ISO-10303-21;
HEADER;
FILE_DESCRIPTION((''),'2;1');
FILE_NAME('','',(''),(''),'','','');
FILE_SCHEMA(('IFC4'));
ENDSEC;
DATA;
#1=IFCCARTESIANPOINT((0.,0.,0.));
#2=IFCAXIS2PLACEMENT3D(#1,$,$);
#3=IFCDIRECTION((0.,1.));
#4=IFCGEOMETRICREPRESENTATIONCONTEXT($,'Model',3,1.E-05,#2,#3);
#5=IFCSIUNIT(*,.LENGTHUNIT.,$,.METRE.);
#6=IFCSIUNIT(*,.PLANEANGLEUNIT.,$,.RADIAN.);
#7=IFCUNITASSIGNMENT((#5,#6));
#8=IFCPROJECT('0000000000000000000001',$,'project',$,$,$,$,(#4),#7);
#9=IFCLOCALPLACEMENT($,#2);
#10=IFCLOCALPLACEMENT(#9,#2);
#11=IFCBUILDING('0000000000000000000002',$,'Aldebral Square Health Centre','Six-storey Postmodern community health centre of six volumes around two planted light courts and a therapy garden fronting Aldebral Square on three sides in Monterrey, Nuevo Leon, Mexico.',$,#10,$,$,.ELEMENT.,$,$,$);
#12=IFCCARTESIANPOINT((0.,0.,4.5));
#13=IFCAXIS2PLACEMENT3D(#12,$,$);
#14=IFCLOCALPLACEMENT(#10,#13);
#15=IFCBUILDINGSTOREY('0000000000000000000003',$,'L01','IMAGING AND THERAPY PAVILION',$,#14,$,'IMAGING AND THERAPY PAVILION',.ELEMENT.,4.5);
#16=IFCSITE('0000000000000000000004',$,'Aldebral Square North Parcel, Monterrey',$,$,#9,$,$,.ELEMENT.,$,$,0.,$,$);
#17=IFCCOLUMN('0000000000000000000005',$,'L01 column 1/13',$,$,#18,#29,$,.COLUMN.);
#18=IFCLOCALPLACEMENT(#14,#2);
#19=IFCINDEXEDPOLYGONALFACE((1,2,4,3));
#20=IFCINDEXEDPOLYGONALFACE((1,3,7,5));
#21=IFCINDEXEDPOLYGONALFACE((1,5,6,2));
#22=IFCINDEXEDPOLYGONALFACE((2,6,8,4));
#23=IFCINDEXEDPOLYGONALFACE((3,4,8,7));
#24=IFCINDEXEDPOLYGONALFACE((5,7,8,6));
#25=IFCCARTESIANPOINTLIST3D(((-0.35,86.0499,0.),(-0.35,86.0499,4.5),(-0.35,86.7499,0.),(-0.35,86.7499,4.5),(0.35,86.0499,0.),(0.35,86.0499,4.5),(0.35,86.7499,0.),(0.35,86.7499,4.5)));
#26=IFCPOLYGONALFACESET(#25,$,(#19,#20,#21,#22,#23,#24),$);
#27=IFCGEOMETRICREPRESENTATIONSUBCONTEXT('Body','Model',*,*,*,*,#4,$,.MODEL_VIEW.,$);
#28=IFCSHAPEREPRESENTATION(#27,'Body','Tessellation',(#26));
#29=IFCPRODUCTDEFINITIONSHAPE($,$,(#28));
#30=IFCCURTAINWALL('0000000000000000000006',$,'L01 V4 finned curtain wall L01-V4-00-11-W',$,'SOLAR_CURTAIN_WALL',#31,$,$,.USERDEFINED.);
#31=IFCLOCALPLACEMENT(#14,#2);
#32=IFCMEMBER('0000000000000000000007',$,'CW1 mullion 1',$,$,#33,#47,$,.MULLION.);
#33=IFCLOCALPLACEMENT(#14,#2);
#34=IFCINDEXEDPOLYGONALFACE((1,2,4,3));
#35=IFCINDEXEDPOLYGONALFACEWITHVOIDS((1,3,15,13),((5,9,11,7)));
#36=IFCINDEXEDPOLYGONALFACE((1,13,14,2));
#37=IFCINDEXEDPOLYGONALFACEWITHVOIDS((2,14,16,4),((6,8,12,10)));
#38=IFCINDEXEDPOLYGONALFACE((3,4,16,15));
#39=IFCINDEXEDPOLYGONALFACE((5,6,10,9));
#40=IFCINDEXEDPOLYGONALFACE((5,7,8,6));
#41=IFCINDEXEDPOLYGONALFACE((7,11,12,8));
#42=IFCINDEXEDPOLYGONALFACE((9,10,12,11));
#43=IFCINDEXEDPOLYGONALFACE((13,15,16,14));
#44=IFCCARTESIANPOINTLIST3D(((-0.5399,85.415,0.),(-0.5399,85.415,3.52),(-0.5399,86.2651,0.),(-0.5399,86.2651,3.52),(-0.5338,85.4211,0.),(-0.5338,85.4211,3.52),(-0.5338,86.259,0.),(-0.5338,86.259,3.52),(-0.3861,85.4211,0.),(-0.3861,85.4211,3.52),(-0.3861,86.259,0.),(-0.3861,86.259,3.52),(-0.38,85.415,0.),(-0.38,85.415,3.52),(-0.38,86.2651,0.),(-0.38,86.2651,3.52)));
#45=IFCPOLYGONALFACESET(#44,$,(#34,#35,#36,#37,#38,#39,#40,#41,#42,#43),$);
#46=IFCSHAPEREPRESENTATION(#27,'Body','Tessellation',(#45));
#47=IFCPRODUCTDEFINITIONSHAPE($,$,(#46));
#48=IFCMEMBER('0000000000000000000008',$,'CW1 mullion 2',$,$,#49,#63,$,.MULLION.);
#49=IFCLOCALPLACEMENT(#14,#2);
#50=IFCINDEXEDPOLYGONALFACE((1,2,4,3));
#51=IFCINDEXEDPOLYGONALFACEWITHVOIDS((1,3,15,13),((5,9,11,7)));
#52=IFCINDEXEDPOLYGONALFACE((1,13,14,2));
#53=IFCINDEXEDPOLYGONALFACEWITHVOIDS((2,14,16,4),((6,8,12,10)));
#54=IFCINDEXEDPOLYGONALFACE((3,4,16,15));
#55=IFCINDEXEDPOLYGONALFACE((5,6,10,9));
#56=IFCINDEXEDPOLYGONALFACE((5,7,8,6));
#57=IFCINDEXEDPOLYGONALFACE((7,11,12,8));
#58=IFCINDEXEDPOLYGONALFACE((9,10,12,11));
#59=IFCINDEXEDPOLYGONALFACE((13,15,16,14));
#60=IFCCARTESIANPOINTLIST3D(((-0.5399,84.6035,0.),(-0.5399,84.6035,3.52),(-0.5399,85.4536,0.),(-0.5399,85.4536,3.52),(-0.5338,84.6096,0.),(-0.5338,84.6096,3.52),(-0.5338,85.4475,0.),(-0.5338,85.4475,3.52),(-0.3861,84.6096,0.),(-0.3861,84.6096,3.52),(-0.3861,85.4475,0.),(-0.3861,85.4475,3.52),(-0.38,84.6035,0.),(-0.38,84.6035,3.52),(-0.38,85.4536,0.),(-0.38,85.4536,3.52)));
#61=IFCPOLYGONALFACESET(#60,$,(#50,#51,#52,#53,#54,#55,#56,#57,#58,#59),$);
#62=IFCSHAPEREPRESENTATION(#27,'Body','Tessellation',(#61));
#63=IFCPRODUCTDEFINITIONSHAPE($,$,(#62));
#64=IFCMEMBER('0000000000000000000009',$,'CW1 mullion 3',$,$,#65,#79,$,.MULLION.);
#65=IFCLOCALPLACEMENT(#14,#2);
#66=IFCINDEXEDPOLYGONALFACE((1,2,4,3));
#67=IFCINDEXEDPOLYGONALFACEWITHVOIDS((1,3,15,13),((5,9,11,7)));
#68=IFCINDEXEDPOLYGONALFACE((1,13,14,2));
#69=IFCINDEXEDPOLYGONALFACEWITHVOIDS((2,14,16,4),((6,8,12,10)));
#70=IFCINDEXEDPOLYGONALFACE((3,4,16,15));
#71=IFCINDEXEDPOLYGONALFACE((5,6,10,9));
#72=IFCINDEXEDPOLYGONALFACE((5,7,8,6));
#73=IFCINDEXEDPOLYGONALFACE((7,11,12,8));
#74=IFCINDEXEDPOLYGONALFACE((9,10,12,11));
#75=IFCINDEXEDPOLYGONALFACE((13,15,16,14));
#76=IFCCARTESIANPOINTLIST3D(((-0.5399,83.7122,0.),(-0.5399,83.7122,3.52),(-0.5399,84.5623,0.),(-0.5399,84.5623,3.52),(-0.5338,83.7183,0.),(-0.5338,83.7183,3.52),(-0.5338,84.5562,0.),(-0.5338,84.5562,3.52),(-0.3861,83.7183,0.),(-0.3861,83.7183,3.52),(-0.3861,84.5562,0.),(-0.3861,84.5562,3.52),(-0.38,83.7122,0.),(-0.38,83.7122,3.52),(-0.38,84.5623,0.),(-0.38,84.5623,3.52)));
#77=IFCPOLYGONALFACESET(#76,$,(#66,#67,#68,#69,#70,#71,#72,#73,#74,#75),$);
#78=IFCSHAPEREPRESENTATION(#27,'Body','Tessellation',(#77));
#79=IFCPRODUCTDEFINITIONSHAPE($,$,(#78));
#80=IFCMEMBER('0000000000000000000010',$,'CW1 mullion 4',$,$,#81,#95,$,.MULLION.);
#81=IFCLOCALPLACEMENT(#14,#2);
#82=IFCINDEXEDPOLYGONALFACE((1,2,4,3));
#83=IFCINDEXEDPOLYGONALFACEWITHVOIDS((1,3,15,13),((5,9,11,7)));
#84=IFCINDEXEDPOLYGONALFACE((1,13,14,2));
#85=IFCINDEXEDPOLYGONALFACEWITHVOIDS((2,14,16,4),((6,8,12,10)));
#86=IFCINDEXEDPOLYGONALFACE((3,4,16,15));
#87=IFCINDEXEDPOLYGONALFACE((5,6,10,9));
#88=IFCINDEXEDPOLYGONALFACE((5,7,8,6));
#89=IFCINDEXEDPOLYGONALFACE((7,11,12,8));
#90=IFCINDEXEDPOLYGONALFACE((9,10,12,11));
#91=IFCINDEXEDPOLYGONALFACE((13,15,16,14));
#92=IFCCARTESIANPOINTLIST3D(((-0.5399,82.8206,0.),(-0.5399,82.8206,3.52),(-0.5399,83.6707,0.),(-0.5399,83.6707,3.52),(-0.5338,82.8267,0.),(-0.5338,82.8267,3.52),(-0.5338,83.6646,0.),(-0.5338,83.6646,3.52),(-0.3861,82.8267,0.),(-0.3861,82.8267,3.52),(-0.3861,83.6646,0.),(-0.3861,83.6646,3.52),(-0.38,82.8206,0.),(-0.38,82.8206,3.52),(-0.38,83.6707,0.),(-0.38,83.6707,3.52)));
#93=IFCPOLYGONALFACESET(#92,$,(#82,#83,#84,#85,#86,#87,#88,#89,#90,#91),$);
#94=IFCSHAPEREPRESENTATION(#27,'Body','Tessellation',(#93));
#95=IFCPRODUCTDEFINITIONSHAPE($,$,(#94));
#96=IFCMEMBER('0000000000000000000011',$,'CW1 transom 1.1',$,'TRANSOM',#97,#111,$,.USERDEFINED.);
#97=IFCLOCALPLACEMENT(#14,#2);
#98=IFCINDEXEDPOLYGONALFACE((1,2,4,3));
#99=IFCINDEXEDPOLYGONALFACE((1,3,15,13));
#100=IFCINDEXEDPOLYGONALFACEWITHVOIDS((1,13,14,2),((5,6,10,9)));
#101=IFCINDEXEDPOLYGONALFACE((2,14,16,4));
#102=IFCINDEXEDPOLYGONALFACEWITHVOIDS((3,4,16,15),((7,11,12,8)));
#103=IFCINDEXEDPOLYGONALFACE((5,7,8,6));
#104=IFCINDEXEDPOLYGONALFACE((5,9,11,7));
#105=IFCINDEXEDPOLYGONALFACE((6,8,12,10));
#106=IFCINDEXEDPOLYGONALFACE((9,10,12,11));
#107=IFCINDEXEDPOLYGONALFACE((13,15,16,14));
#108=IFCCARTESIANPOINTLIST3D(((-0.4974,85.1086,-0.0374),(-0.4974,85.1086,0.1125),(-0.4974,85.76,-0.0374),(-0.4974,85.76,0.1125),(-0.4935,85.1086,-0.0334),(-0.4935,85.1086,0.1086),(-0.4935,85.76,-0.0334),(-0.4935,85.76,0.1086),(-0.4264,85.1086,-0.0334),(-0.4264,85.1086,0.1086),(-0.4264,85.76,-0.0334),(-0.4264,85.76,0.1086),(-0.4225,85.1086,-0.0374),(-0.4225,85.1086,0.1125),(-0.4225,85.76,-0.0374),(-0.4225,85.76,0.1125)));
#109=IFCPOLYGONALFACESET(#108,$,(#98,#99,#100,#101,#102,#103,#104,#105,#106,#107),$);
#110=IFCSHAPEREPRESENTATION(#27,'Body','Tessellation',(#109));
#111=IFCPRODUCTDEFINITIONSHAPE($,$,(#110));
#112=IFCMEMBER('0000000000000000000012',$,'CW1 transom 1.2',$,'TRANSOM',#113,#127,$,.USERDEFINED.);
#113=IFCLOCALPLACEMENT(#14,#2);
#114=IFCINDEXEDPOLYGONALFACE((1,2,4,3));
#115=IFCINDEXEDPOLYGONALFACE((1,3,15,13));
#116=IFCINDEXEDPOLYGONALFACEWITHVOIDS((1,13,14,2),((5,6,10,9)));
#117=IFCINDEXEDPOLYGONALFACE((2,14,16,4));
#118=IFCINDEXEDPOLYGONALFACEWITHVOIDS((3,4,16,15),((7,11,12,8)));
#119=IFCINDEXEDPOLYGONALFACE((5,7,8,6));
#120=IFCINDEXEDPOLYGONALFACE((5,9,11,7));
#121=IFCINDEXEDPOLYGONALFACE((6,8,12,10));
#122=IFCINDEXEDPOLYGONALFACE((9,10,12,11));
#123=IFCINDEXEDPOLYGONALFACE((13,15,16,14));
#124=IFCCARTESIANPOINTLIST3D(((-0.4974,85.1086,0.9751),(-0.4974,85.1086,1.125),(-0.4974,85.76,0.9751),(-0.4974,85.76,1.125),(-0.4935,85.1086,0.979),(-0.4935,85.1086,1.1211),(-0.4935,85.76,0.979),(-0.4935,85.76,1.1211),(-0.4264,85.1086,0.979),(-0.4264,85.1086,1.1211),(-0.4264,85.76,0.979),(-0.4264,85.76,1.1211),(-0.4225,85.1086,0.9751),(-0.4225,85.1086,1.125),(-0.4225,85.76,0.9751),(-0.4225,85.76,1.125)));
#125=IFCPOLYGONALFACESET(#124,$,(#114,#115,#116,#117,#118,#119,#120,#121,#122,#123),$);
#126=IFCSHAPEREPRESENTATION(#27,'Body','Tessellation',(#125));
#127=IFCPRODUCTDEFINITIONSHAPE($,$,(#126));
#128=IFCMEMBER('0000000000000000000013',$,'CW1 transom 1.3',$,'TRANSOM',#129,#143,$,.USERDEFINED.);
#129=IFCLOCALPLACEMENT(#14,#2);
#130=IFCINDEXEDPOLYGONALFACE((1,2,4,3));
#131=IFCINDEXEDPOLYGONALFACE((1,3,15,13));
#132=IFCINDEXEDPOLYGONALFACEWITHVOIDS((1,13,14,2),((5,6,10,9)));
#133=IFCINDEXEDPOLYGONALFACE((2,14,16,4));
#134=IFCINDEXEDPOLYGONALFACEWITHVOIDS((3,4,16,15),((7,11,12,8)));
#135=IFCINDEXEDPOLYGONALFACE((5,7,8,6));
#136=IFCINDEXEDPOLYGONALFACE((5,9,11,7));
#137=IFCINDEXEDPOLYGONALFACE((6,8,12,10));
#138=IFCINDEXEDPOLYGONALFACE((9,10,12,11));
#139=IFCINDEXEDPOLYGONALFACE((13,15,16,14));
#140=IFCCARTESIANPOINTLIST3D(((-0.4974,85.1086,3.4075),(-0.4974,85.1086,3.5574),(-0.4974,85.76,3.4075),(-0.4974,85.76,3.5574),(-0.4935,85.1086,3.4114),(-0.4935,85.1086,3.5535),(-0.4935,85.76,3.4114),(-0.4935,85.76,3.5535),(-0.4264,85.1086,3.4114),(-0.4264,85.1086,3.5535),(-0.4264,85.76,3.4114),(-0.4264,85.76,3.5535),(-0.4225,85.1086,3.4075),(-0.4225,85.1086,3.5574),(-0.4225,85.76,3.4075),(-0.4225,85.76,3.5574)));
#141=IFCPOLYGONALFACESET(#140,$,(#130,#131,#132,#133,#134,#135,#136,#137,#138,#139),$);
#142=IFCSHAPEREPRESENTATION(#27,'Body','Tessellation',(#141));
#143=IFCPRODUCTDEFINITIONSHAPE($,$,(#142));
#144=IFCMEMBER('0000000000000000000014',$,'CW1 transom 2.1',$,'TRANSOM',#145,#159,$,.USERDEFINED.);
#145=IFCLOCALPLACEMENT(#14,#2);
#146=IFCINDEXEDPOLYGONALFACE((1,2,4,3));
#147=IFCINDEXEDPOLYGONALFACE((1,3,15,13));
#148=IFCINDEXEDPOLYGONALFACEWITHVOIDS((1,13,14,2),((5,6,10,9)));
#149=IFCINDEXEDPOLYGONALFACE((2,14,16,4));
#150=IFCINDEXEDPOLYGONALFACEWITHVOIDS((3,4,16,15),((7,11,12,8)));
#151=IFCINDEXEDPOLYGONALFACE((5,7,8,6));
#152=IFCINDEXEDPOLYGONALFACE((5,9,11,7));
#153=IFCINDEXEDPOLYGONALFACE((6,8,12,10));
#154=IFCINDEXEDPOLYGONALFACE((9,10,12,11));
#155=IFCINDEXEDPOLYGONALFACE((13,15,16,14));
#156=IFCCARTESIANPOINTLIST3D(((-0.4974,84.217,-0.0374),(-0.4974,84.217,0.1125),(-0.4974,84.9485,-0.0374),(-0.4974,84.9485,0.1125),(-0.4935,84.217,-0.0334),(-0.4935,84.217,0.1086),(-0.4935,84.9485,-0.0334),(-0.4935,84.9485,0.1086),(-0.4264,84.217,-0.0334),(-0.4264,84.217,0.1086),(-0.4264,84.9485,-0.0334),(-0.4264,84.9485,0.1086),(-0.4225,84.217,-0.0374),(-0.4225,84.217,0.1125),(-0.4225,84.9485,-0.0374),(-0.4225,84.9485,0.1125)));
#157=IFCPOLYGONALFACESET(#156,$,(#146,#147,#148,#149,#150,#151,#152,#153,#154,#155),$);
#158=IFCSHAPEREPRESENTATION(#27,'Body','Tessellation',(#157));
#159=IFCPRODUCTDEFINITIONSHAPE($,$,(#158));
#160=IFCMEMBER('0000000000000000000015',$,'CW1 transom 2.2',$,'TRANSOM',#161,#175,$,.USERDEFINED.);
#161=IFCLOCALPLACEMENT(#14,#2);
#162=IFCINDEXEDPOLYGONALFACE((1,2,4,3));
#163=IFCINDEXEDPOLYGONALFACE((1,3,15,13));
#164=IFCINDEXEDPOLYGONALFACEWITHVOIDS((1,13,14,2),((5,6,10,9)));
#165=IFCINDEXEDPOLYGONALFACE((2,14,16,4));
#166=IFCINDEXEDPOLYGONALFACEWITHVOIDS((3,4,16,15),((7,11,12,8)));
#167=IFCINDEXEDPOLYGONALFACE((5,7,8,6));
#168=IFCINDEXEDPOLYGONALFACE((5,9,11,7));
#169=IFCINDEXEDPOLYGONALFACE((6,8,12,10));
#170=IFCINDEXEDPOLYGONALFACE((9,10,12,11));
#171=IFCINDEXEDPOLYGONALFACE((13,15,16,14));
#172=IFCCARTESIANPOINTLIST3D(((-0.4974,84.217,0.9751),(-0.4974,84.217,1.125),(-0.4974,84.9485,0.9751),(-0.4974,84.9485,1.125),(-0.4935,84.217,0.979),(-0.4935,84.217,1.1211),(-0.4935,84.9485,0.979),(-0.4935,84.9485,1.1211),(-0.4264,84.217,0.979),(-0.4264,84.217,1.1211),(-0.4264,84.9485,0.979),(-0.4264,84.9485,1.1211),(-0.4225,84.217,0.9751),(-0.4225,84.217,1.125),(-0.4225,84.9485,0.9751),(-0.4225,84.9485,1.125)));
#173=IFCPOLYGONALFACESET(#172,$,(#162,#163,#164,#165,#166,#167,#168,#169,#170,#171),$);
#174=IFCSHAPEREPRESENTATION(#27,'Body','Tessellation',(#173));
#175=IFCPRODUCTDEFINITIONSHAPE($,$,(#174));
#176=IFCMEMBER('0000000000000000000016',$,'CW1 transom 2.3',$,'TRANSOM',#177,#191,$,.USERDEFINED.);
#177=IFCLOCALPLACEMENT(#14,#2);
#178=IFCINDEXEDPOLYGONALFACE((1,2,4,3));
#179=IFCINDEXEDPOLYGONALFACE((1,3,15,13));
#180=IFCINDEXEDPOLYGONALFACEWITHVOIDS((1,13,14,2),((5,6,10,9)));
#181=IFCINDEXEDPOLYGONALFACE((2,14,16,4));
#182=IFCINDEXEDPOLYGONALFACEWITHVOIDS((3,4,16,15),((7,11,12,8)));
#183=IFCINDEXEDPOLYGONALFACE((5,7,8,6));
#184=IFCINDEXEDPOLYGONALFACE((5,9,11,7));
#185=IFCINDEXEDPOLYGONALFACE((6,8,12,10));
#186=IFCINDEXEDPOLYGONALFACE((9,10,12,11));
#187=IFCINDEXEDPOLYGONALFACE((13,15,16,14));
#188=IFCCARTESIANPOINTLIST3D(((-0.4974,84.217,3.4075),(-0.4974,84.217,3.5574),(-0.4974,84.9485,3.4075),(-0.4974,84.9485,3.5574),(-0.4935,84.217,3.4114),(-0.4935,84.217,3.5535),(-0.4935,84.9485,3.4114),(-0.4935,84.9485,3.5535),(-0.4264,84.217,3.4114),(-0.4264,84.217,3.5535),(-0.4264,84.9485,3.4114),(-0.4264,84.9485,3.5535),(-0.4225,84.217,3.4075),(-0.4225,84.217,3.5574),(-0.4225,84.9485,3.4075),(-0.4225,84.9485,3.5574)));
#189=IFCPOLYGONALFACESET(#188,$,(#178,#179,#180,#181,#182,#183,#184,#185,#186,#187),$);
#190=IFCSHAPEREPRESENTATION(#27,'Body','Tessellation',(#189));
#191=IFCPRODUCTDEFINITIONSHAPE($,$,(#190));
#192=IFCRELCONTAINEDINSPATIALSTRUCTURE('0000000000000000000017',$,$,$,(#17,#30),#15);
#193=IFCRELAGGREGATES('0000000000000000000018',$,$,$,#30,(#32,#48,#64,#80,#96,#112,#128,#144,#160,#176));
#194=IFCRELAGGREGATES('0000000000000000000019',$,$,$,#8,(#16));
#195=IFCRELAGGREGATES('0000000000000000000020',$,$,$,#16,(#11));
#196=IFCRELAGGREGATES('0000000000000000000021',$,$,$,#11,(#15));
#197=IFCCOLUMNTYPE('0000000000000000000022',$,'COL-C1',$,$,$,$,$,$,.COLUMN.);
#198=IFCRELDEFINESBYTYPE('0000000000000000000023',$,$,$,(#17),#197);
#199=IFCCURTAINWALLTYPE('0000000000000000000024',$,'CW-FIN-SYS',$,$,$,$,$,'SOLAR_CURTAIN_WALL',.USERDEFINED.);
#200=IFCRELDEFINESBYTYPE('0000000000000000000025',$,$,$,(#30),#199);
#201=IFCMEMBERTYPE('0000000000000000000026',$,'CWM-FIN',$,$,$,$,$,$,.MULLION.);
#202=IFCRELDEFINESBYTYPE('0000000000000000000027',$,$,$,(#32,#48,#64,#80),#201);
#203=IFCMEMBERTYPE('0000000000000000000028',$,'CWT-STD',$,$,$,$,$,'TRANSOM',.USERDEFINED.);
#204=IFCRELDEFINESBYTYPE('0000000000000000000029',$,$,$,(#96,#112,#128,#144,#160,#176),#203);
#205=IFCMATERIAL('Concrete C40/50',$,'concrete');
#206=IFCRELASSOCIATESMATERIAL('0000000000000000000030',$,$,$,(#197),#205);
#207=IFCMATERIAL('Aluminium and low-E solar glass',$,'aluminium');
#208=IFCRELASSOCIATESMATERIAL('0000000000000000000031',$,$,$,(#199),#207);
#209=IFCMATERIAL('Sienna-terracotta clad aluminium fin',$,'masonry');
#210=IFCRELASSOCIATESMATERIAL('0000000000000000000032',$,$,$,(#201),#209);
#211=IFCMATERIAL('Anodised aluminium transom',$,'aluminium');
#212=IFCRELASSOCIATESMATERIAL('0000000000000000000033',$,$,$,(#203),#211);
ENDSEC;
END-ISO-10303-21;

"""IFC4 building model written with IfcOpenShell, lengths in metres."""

from ifc_helpers import new_model, si_unit, direction, frame, origin, origin_2d, place, context, subcontext, project, spatial, rectangle, hollow_rectangle, extrude, material, material_profile, profile_set, type_object, element, aggregate, save


model = new_model("IFC4")

# Units and contexts
model_context = context("Model", 3, precision=1e-05, world=origin(), true_north=direction((0.0, 1.0)))
body_context = subcontext(model_context, "Body", "Model", "MODEL_VIEW")
ifc_project = project(units=[si_unit("LENGTHUNIT", "METRE"), si_unit("PLANEANGLEUNIT", "RADIAN")], contexts=[model_context])

# Site, building, storey
site_placement = place(None, origin())
site = spatial("IfcSite", under=ifc_project, at=site_placement, Name="Aldebral Square North Parcel, Monterrey", CompositionType="ELEMENT", RefElevation=0.0)
building_placement = place(site_placement, origin())
building = spatial("IfcBuilding", under=site, at=building_placement, Name="Aldebral Square Health Centre", Description="Six-storey Postmodern community health centre of six volumes around two planted light courts and a therapy garden fronting Aldebral Square on three sides in Monterrey, Nuevo Leon, Mexico.", CompositionType="ELEMENT")
storey_placement = place(building_placement, frame((0.0, 0.0, 4.5)))
storey = spatial("IfcBuildingStorey", under=building, at=storey_placement, Name="L01", Description="IMAGING AND THERAPY PAVILION", LongName="IMAGING AND THERAPY PAVILION", CompositionType="ELEMENT", Elevation=4.5)

# Column
ifc_material_1 = material(Name="Concrete C40/50", Category="concrete")
ifc_material_profile_1 = material_profile(ifc_material_1, rectangle(XDim=0.7, YDim=0.7, at=origin_2d()), Name="RC 700x700")
ifc_profile_set_1 = profile_set([ifc_material_profile_1], Name="Concrete C40/50")
column_type = type_object("IfcColumnType", Name="COL-C1", PredefinedType="COLUMN", material=ifc_profile_set_1)
column_placement = place(storey_placement, frame((0.0, 86.3999, 0.0), z_axis=(0.0, 0.0, 1.0), x_axis=(1.0, 0.0, 0.0)))
element("IfcColumn", 1, at=column_placement, inside=storey, type_object=column_type, Name="L01 column 1/13", PredefinedType="COLUMN", context=body_context, shape_type="SweptSolid", body=[
    extrude(rectangle(XDim=0.7, YDim=0.7, at=origin_2d()), origin(), (0.0, 0.0, 1.0), 4.5),
])

# Curtain wall, members
ifc_material_2 = material(Name="Aluminium and low-E solar glass", Category="aluminium")
curtain_wall_type = type_object("IfcCurtainWallType", Name="CW-FIN-SYS", ElementType="SOLAR_CURTAIN_WALL", PredefinedType="USERDEFINED", material=ifc_material_2)
curtain_wall_placement = place(storey_placement, origin())
curtain_wall = element("IfcCurtainWall", 2, at=curtain_wall_placement, inside=storey, type_object=curtain_wall_type, Name="L01 V4 finned curtain wall L01-V4-00-11-W", ObjectType="SOLAR_CURTAIN_WALL", PredefinedType="USERDEFINED")
ifc_material_3 = material(Name="Sienna-terracotta clad aluminium fin", Category="masonry")
ifc_material_profile_2 = material_profile(ifc_material_3, hollow_rectangle(XDim=0.1599, YDim=0.8501, WallThickness=0.0061, at=origin_2d()), Name="FIN 160x850x6")
ifc_profile_set_2 = profile_set([ifc_material_profile_2], Name="Sienna-terracotta clad aluminium fin")
member_type_1 = type_object("IfcMemberType", Name="CWM-FIN", PredefinedType="MULLION", material=ifc_profile_set_2)
member_1_placement = place(storey_placement, frame((-0.46, 85.8401, 0.0), z_axis=(0.0, 0.0, 1.0), x_axis=(1.0, 0.0, 0.0)))
member_1 = element("IfcMember", 3, at=member_1_placement, type_object=member_type_1, Name="CW1 mullion 1", PredefinedType="MULLION", context=body_context, shape_type="SweptSolid", body=[
    extrude(hollow_rectangle(XDim=0.1599, YDim=0.8501, WallThickness=0.0061, at=origin_2d()), origin(), (0.0, 0.0, 1.0), 3.52),
])
member_2_placement = place(storey_placement, frame((-0.46, 85.0286, 0.0), z_axis=(0.0, 0.0, 1.0), x_axis=(1.0, 0.0, 0.0)))
member_2 = element("IfcMember", 4, at=member_2_placement, type_object=member_type_1, Name="CW1 mullion 2", PredefinedType="MULLION", context=body_context, shape_type="SweptSolid", body=[
    extrude(hollow_rectangle(XDim=0.1599, YDim=0.8501, WallThickness=0.0061, at=origin_2d()), origin(), (0.0, 0.0, 1.0), 3.52),
])
member_3_placement = place(storey_placement, frame((-0.46, 84.1372, 0.0), z_axis=(0.0, 0.0, 1.0), x_axis=(1.0, 0.0, 0.0)))
member_3 = element("IfcMember", 5, at=member_3_placement, type_object=member_type_1, Name="CW1 mullion 3", PredefinedType="MULLION", context=body_context, shape_type="SweptSolid", body=[
    extrude(hollow_rectangle(XDim=0.1599, YDim=0.8501, WallThickness=0.0061, at=origin_2d()), origin(), (0.0, 0.0, 1.0), 3.52),
])
member_4_placement = place(storey_placement, frame((-0.46, 83.2456, 0.0), z_axis=(0.0, 0.0, 1.0), x_axis=(1.0, 0.0, 0.0)))
member_4 = element("IfcMember", 6, at=member_4_placement, type_object=member_type_1, Name="CW1 mullion 4", PredefinedType="MULLION", context=body_context, shape_type="SweptSolid", body=[
    extrude(hollow_rectangle(XDim=0.1599, YDim=0.8501, WallThickness=0.0061, at=origin_2d()), origin(), (0.0, 0.0, 1.0), 3.52),
])
ifc_material_4 = material(Name="Anodised aluminium transom", Category="aluminium")
ifc_material_profile_3 = material_profile(ifc_material_4, hollow_rectangle(XDim=0.075, YDim=0.1499, WallThickness=0.0039, at=origin_2d()), Name="CWT 75x150x4")
ifc_profile_set_3 = profile_set([ifc_material_profile_3], Name="Anodised aluminium transom")
member_type_2 = type_object("IfcMemberType", Name="CWT-STD", ElementType="TRANSOM", PredefinedType="USERDEFINED", material=ifc_profile_set_3)
member_5_placement = place(storey_placement, frame((-0.46, 85.76, 0.0376), z_axis=(0.0, -1.0, 0.0), x_axis=(1.0, 0.0, 0.0)))
member_5 = element("IfcMember", 7, at=member_5_placement, type_object=member_type_2, Name="CW1 transom 1.1", ObjectType="TRANSOM", PredefinedType="USERDEFINED", context=body_context, shape_type="SweptSolid", body=[
    extrude(hollow_rectangle(XDim=0.075, YDim=0.1499, WallThickness=0.0039, at=origin_2d()), origin(), (0.0, 0.0, 1.0), 0.6514),
])
member_6_placement = place(storey_placement, frame((-0.46, 85.76, 1.05), z_axis=(0.0, -1.0, 0.0), x_axis=(1.0, 0.0, 0.0)))
member_6 = element("IfcMember", 8, at=member_6_placement, type_object=member_type_2, Name="CW1 transom 1.2", ObjectType="TRANSOM", PredefinedType="USERDEFINED", context=body_context, shape_type="SweptSolid", body=[
    extrude(hollow_rectangle(XDim=0.075, YDim=0.1499, WallThickness=0.0039, at=origin_2d()), origin(), (0.0, 0.0, 1.0), 0.6514),
])
member_7_placement = place(storey_placement, frame((-0.46, 85.76, 3.4824), z_axis=(0.0, -1.0, 0.0), x_axis=(1.0, 0.0, 0.0)))
member_7 = element("IfcMember", 9, at=member_7_placement, type_object=member_type_2, Name="CW1 transom 1.3", ObjectType="TRANSOM", PredefinedType="USERDEFINED", context=body_context, shape_type="SweptSolid", body=[
    extrude(hollow_rectangle(XDim=0.075, YDim=0.1499, WallThickness=0.0039, at=origin_2d()), origin(), (0.0, 0.0, 1.0), 0.6514),
])
member_8_placement = place(storey_placement, frame((-0.46, 84.9485, 0.0376), z_axis=(0.0, -1.0, 0.0), x_axis=(1.0, 0.0, 0.0)))
member_8 = element("IfcMember", 10, at=member_8_placement, type_object=member_type_2, Name="CW1 transom 2.1", ObjectType="TRANSOM", PredefinedType="USERDEFINED", context=body_context, shape_type="SweptSolid", body=[
    extrude(hollow_rectangle(XDim=0.075, YDim=0.1499, WallThickness=0.0039, at=origin_2d()), origin(), (0.0, 0.0, 1.0), 0.7314),
])
member_9_placement = place(storey_placement, frame((-0.46, 84.9485, 1.05), z_axis=(0.0, -1.0, 0.0), x_axis=(1.0, 0.0, 0.0)))
member_9 = element("IfcMember", 11, at=member_9_placement, type_object=member_type_2, Name="CW1 transom 2.2", ObjectType="TRANSOM", PredefinedType="USERDEFINED", context=body_context, shape_type="SweptSolid", body=[
    extrude(hollow_rectangle(XDim=0.075, YDim=0.1499, WallThickness=0.0039, at=origin_2d()), origin(), (0.0, 0.0, 1.0), 0.7314),
])
member_10_placement = place(storey_placement, frame((-0.46, 84.9485, 3.4824), z_axis=(0.0, -1.0, 0.0), x_axis=(1.0, 0.0, 0.0)))
member_10 = element("IfcMember", 12, at=member_10_placement, type_object=member_type_2, Name="CW1 transom 2.3", ObjectType="TRANSOM", PredefinedType="USERDEFINED", context=body_context, shape_type="SweptSolid", body=[
    extrude(hollow_rectangle(XDim=0.075, YDim=0.1499, WallThickness=0.0039, at=origin_2d()), origin(), (0.0, 0.0, 1.0), 0.7314),
])
aggregate(curtain_wall, [member_1, member_2, member_3, member_4, member_5, member_6, member_7, member_8, member_9, member_10])

save(model, "model.ifc")
